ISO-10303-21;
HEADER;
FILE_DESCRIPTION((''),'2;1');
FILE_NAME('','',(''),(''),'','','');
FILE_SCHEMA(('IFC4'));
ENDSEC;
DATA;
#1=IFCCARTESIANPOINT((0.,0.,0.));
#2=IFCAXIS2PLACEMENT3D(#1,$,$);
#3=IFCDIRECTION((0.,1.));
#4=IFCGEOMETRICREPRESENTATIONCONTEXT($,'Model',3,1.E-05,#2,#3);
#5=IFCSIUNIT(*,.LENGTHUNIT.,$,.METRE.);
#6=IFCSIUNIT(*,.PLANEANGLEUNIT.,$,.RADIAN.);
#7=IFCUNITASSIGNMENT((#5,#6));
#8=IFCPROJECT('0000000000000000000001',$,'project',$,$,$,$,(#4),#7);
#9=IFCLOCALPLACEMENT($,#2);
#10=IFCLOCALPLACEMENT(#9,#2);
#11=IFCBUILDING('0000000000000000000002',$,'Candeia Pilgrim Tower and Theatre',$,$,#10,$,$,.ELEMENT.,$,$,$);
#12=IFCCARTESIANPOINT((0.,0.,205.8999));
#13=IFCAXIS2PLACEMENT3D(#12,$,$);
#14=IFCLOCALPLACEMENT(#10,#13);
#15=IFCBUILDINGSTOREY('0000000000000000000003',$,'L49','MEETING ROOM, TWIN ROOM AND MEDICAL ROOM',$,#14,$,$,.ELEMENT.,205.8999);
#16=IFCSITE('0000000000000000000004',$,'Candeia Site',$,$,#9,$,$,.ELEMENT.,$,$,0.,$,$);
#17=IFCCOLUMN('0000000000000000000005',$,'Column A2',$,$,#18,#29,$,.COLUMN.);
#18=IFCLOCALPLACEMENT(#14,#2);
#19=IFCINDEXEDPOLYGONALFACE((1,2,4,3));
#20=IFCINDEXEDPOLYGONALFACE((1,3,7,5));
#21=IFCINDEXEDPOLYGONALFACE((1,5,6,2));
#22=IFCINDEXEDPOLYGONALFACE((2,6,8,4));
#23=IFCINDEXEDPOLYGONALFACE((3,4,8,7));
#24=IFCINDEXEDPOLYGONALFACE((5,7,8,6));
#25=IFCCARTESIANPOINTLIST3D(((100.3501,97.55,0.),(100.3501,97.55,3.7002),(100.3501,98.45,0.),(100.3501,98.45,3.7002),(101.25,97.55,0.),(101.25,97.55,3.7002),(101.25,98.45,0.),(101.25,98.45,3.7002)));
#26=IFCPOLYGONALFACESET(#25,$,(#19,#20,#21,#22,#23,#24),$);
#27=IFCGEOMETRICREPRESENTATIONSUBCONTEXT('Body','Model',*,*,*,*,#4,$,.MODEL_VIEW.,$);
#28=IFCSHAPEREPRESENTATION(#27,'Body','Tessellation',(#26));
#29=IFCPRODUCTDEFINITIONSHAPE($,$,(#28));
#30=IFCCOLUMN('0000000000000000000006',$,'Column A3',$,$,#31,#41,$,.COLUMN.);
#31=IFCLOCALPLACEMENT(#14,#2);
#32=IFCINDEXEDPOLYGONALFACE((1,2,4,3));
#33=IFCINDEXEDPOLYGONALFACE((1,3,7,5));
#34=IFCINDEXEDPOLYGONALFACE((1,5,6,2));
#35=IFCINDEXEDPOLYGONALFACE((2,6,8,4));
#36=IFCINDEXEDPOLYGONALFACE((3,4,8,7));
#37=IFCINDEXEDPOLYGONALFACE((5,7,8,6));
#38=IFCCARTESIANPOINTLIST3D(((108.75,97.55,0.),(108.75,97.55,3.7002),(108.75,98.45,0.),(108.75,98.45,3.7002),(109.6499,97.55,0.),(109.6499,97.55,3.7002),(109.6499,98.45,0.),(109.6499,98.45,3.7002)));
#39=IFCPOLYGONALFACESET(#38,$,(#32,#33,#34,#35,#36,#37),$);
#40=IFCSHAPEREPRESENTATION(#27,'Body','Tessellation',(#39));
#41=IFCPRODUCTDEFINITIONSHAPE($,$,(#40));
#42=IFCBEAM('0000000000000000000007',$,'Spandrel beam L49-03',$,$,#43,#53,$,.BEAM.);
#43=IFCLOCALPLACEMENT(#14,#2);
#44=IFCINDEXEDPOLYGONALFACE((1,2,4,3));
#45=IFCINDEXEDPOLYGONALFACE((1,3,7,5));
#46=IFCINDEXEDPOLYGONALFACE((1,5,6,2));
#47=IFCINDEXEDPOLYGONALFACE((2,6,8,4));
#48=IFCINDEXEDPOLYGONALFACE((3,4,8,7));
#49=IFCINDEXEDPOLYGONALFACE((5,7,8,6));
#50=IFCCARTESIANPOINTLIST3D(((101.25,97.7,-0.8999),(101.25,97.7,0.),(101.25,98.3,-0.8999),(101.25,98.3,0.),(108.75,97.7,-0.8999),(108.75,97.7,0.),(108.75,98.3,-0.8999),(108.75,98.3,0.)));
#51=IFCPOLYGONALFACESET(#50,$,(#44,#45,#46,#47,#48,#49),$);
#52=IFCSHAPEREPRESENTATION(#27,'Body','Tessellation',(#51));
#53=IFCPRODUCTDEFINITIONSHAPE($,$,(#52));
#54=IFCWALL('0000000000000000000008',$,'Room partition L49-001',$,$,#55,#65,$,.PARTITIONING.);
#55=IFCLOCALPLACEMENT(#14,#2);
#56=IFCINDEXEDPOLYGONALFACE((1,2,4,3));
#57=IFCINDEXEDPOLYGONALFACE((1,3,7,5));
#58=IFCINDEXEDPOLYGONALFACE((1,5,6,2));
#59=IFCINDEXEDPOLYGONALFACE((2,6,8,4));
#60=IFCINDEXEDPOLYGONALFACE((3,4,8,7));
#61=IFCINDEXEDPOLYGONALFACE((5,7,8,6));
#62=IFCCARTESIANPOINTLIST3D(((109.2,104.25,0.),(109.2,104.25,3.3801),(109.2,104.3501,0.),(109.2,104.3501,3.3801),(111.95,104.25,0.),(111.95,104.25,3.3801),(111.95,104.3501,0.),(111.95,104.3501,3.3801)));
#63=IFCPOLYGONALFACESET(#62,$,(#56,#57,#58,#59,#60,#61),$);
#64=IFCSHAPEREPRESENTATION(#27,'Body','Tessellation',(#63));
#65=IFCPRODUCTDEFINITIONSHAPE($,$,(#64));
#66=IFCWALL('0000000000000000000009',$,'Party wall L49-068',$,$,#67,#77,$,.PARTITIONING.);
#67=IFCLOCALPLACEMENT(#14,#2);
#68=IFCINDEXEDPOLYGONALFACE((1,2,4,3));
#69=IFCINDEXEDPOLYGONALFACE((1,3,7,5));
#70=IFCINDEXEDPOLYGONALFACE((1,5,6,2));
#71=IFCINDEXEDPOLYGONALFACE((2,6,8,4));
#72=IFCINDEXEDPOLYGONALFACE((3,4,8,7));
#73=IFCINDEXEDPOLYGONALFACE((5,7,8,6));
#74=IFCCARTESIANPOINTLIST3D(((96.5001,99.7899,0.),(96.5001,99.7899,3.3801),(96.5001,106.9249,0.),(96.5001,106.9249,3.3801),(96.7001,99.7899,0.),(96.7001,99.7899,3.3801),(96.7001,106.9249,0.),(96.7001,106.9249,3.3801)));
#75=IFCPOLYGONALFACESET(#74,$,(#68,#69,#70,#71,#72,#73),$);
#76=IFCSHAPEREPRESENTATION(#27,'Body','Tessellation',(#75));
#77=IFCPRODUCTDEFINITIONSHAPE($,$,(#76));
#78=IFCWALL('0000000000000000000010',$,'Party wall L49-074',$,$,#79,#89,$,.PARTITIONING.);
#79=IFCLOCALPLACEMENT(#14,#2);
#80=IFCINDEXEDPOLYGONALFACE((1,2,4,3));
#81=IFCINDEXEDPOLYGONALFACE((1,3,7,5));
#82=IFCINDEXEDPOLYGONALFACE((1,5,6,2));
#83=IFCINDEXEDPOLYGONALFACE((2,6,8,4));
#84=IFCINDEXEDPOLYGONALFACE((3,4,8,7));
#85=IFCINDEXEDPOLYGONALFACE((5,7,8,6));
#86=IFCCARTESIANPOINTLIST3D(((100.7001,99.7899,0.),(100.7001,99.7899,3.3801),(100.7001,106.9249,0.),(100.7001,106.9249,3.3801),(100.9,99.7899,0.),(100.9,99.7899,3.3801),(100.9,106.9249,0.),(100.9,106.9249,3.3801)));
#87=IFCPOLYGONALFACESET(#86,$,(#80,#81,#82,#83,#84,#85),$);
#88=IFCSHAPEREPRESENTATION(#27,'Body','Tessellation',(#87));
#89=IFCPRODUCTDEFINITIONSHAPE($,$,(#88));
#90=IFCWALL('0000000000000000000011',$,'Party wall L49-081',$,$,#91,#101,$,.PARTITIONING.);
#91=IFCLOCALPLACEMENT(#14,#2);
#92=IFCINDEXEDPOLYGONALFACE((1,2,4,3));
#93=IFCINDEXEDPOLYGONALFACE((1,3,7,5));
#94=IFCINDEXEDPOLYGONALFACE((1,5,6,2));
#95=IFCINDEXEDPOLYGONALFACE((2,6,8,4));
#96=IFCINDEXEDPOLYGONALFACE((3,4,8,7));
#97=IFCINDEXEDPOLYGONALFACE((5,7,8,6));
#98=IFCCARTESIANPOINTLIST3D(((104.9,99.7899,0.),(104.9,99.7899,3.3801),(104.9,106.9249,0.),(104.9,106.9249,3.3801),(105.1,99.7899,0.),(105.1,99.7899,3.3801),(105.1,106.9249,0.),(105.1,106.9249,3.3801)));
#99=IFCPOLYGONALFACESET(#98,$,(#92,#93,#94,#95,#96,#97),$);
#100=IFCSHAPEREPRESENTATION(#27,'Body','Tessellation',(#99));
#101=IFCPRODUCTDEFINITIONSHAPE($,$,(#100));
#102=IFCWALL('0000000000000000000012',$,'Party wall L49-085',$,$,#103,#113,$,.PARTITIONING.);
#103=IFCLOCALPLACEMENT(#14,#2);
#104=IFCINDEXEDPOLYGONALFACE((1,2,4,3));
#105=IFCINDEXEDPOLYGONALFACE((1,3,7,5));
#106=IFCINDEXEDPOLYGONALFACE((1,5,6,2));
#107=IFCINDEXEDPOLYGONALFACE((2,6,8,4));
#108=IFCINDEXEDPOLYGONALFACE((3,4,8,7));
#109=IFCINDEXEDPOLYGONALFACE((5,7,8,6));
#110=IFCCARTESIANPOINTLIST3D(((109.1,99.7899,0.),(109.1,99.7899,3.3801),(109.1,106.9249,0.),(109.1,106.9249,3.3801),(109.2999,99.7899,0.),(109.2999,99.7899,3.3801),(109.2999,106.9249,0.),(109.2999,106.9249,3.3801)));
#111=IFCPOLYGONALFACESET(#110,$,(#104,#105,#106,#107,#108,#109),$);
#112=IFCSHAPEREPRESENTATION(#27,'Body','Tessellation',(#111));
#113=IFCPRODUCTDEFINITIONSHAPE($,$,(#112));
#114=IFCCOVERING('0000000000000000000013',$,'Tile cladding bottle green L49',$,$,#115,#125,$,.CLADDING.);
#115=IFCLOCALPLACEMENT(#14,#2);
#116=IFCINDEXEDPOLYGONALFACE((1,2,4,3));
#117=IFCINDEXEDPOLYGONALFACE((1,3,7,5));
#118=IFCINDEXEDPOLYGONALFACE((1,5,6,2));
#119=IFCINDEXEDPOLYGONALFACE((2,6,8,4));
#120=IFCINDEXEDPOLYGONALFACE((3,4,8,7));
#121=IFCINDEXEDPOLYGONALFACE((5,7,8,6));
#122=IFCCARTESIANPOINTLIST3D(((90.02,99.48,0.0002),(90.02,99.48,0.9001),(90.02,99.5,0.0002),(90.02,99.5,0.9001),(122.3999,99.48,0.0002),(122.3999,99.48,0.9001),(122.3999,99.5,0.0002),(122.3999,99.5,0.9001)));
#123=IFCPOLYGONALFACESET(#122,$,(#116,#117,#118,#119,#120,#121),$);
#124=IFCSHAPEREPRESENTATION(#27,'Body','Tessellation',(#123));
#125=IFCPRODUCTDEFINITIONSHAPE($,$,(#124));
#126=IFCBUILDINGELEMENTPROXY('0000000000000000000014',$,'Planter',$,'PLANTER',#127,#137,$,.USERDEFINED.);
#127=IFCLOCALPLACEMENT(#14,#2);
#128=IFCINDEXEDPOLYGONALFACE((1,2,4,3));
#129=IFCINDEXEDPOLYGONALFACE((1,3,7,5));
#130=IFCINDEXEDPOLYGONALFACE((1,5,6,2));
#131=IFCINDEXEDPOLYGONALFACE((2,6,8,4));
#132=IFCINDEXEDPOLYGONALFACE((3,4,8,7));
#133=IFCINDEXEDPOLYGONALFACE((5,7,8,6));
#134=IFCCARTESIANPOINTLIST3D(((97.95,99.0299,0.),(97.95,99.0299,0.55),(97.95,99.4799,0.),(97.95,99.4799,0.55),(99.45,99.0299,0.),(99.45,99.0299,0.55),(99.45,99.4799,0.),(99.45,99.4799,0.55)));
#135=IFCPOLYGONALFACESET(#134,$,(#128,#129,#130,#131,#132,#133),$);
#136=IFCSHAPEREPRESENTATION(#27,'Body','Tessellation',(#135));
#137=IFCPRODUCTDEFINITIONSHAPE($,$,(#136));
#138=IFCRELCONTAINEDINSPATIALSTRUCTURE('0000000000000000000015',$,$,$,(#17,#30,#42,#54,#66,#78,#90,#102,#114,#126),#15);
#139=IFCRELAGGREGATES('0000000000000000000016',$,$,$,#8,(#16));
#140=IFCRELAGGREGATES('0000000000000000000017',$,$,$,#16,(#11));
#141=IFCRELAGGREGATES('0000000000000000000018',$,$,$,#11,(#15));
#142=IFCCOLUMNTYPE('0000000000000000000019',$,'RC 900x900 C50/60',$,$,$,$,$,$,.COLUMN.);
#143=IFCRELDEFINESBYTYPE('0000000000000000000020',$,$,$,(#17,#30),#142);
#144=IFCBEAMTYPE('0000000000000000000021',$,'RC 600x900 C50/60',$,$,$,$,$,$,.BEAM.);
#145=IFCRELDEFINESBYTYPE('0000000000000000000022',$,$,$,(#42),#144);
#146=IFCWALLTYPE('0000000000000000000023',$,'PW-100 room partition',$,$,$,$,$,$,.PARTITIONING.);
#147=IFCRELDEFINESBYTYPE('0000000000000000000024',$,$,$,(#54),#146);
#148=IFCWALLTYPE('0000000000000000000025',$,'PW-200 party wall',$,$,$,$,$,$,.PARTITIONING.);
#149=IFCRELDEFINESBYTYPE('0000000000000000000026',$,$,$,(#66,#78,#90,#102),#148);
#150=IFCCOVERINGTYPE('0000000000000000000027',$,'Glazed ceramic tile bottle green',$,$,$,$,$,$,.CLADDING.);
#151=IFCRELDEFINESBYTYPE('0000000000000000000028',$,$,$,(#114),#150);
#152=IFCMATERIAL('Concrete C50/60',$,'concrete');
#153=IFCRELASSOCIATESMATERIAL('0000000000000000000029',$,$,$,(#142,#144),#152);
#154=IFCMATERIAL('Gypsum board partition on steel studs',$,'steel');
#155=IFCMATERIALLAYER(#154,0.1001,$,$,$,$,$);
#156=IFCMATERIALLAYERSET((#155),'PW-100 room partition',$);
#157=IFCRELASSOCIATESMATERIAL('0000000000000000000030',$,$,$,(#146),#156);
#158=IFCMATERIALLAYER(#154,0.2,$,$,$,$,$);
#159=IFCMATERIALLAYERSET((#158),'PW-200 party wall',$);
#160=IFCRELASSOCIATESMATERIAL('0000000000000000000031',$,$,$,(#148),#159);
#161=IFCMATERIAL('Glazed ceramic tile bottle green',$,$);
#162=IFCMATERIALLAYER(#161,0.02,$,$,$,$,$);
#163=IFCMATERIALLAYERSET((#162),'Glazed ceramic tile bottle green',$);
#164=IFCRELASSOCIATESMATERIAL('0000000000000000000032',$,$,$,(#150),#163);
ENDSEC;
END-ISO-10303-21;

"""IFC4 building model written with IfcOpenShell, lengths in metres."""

from ifc_helpers import new_model, si_unit, direction, frame, frame_2d, origin, origin_2d, place, context, subcontext, project, spatial, rectangle, extrude, material, layer, layer_set, material_profile, profile_set, type_object, element, save


model = new_model("IFC4")

# Units and contexts
model_context = context("Model", 3, precision=1e-05, world=origin(), true_north=direction((0.0, 1.0)))
body_context = subcontext(model_context, "Body", "Model", "MODEL_VIEW")
ifc_project = project(units=[si_unit("LENGTHUNIT", "METRE"), si_unit("PLANEANGLEUNIT", "RADIAN")], contexts=[model_context])

# Site, building, storey
site_placement = place(None, origin())
site = spatial("IfcSite", under=ifc_project, at=site_placement, Name="Candeia Site", CompositionType="ELEMENT", RefElevation=0.0)
building_placement = place(site_placement, origin())
building = spatial("IfcBuilding", under=site, at=building_placement, Name="Candeia Pilgrim Tower and Theatre", CompositionType="ELEMENT")
storey_placement = place(building_placement, frame((0.0, 0.0, 205.8999)))
storey = spatial("IfcBuildingStorey", under=building, at=storey_placement, Name="L49", Description="MEETING ROOM, TWIN ROOM AND MEDICAL ROOM", CompositionType="ELEMENT", Elevation=205.8999)

# Columns
ifc_material_1 = material(Name="Concrete C50/60", Category="concrete")
ifc_material_profile_1 = material_profile(ifc_material_1, rectangle(XDim=0.8999, YDim=0.8999, at=origin_2d()))
ifc_profile_set_1 = profile_set([ifc_material_profile_1], Name="Concrete C50/60")
column_type = type_object("IfcColumnType", Name="RC 900x900 C50/60", PredefinedType="COLUMN", material=ifc_profile_set_1)
for number, where, z_axis, x_axis, name in (
    (1, (100.8, 98.0, 0.0), (0.0, 0.0, 1.0), (1.0, 0.0, 0.0), "Column A2"),
    (2, (109.2, 98.0, 0.0), (0.0, 0.0, 1.0), (1.0, 0.0, 0.0), "Column A3"),
):
    element("IfcColumn", number, at=place(storey_placement, frame(where, z_axis=z_axis, x_axis=x_axis)), inside=storey, type_object=column_type, Name=name, PredefinedType="COLUMN", context=body_context, shape_type="SweptSolid", body=[
        extrude(rectangle(XDim=0.8999, YDim=0.8999, at=origin_2d()), origin(), (0.0, 0.0, 1.0), 3.7002),
    ])

# Beam
ifc_material_profile_2 = material_profile(ifc_material_1, rectangle(XDim=0.6001, YDim=0.8999, at=origin_2d()))
ifc_profile_set_2 = profile_set([ifc_material_profile_2], Name="Concrete C50/60")
beam_type = type_object("IfcBeamType", Name="RC 600x900 C50/60", PredefinedType="BEAM", material=ifc_profile_set_2)
beam_placement = place(storey_placement, frame((101.25, 98.0, -0.45), z_axis=(1.0, 0.0, 0.0), x_axis=(0.0, 1.0, 0.0)))
element("IfcBeam", 3, at=beam_placement, inside=storey, type_object=beam_type, Name="Spandrel beam L49-03", PredefinedType="BEAM", context=body_context, shape_type="SweptSolid", body=[
    extrude(rectangle(XDim=0.6001, YDim=0.8999, at=origin_2d()), origin(), (0.0, 0.0, 1.0), 7.5),
])

# Walls
ifc_material_2 = material(Name="Gypsum board partition on steel studs", Category="steel")
ifc_layer_1 = layer(ifc_material_2, 0.1001)
ifc_layer_set_1 = layer_set([ifc_layer_1], Name="PW-100 room partition")
wall_type_1 = type_object("IfcWallType", Name="PW-100 room partition", PredefinedType="PARTITIONING", material=ifc_layer_set_1)
wall_placement = place(storey_placement, frame((109.2, 104.3, 0.0), z_axis=(0.0, 0.0, 1.0), x_axis=(1.0, 0.0, 0.0)))
element("IfcWall", 4, at=wall_placement, inside=storey, type_object=wall_type_1, Name="Room partition L49-001", PredefinedType="PARTITIONING", context=body_context, shape_type="SweptSolid", body=[
    extrude(rectangle(XDim=2.75, YDim=0.1001, at=frame_2d((1.375, 0.0))), origin(), (0.0, 0.0, 1.0), 3.3801),
])
ifc_layer_2 = layer(ifc_material_2, 0.2)
ifc_layer_set_2 = layer_set([ifc_layer_2], Name="PW-200 party wall")
wall_type_2 = type_object("IfcWallType", Name="PW-200 party wall", PredefinedType="PARTITIONING", material=ifc_layer_set_2)
for number, where, z_axis, x_axis, name in (
    (5, (96.6001, 99.79, 0.0), (0.0, 0.0, 1.0), (0.0, 1.0, 0.0), "Party wall L49-068"),
    (6, (100.8, 99.79, 0.0), (0.0, 0.0, 1.0), (0.0, 1.0, 0.0), "Party wall L49-074"),
    (7, (105.0, 99.79, 0.0), (0.0, 0.0, 1.0), (0.0, 1.0, 0.0), "Party wall L49-081"),
    (8, (109.2, 99.79, 0.0), (0.0, 0.0, 1.0), (0.0, 1.0, 0.0), "Party wall L49-085"),
):
    element("IfcWall", number, at=place(storey_placement, frame(where, z_axis=z_axis, x_axis=x_axis)), inside=storey, type_object=wall_type_2, Name=name, PredefinedType="PARTITIONING", context=body_context, shape_type="SweptSolid", body=[
        extrude(rectangle(XDim=7.135, YDim=0.2, at=frame_2d((3.5674, 0.0))), origin(), (0.0, 0.0, 1.0), 3.3801),
    ])

# Covering
ifc_material_3 = material(Name="Glazed ceramic tile bottle green")
ifc_layer_3 = layer(ifc_material_3, 0.02)
ifc_layer_set_3 = layer_set([ifc_layer_3], Name="Glazed ceramic tile bottle green")
covering_type = type_object("IfcCoveringType", Name="Glazed ceramic tile bottle green", PredefinedType="CLADDING", material=ifc_layer_set_3)
covering_placement = place(storey_placement, frame((106.21, 99.49, 0.0002), z_axis=(0.0, 0.0, 1.0), x_axis=(1.0, 0.0, 0.0)))
element("IfcCovering", 9, at=covering_placement, inside=storey, type_object=covering_type, Name="Tile cladding bottle green L49", PredefinedType="CLADDING", context=body_context, shape_type="SweptSolid", body=[
    extrude(rectangle(XDim=32.3799, YDim=0.02, at=origin_2d()), origin(), (0.0, 0.0, 1.0), 0.8999),
])

# Building element proxy
proxy_placement = place(storey_placement, frame((98.7, 99.2549, 0.0), z_axis=(0.0, 0.0, 1.0), x_axis=(1.0, 0.0, 0.0)))
element("IfcBuildingElementProxy", 10, at=proxy_placement, inside=storey, Name="Planter", ObjectType="PLANTER", PredefinedType="USERDEFINED", context=body_context, shape_type="SweptSolid", body=[
    extrude(rectangle(XDim=1.5, YDim=0.45, at=origin_2d()), origin(), (0.0, 0.0, 1.0), 0.55),
])

save(model, "model.ifc")
